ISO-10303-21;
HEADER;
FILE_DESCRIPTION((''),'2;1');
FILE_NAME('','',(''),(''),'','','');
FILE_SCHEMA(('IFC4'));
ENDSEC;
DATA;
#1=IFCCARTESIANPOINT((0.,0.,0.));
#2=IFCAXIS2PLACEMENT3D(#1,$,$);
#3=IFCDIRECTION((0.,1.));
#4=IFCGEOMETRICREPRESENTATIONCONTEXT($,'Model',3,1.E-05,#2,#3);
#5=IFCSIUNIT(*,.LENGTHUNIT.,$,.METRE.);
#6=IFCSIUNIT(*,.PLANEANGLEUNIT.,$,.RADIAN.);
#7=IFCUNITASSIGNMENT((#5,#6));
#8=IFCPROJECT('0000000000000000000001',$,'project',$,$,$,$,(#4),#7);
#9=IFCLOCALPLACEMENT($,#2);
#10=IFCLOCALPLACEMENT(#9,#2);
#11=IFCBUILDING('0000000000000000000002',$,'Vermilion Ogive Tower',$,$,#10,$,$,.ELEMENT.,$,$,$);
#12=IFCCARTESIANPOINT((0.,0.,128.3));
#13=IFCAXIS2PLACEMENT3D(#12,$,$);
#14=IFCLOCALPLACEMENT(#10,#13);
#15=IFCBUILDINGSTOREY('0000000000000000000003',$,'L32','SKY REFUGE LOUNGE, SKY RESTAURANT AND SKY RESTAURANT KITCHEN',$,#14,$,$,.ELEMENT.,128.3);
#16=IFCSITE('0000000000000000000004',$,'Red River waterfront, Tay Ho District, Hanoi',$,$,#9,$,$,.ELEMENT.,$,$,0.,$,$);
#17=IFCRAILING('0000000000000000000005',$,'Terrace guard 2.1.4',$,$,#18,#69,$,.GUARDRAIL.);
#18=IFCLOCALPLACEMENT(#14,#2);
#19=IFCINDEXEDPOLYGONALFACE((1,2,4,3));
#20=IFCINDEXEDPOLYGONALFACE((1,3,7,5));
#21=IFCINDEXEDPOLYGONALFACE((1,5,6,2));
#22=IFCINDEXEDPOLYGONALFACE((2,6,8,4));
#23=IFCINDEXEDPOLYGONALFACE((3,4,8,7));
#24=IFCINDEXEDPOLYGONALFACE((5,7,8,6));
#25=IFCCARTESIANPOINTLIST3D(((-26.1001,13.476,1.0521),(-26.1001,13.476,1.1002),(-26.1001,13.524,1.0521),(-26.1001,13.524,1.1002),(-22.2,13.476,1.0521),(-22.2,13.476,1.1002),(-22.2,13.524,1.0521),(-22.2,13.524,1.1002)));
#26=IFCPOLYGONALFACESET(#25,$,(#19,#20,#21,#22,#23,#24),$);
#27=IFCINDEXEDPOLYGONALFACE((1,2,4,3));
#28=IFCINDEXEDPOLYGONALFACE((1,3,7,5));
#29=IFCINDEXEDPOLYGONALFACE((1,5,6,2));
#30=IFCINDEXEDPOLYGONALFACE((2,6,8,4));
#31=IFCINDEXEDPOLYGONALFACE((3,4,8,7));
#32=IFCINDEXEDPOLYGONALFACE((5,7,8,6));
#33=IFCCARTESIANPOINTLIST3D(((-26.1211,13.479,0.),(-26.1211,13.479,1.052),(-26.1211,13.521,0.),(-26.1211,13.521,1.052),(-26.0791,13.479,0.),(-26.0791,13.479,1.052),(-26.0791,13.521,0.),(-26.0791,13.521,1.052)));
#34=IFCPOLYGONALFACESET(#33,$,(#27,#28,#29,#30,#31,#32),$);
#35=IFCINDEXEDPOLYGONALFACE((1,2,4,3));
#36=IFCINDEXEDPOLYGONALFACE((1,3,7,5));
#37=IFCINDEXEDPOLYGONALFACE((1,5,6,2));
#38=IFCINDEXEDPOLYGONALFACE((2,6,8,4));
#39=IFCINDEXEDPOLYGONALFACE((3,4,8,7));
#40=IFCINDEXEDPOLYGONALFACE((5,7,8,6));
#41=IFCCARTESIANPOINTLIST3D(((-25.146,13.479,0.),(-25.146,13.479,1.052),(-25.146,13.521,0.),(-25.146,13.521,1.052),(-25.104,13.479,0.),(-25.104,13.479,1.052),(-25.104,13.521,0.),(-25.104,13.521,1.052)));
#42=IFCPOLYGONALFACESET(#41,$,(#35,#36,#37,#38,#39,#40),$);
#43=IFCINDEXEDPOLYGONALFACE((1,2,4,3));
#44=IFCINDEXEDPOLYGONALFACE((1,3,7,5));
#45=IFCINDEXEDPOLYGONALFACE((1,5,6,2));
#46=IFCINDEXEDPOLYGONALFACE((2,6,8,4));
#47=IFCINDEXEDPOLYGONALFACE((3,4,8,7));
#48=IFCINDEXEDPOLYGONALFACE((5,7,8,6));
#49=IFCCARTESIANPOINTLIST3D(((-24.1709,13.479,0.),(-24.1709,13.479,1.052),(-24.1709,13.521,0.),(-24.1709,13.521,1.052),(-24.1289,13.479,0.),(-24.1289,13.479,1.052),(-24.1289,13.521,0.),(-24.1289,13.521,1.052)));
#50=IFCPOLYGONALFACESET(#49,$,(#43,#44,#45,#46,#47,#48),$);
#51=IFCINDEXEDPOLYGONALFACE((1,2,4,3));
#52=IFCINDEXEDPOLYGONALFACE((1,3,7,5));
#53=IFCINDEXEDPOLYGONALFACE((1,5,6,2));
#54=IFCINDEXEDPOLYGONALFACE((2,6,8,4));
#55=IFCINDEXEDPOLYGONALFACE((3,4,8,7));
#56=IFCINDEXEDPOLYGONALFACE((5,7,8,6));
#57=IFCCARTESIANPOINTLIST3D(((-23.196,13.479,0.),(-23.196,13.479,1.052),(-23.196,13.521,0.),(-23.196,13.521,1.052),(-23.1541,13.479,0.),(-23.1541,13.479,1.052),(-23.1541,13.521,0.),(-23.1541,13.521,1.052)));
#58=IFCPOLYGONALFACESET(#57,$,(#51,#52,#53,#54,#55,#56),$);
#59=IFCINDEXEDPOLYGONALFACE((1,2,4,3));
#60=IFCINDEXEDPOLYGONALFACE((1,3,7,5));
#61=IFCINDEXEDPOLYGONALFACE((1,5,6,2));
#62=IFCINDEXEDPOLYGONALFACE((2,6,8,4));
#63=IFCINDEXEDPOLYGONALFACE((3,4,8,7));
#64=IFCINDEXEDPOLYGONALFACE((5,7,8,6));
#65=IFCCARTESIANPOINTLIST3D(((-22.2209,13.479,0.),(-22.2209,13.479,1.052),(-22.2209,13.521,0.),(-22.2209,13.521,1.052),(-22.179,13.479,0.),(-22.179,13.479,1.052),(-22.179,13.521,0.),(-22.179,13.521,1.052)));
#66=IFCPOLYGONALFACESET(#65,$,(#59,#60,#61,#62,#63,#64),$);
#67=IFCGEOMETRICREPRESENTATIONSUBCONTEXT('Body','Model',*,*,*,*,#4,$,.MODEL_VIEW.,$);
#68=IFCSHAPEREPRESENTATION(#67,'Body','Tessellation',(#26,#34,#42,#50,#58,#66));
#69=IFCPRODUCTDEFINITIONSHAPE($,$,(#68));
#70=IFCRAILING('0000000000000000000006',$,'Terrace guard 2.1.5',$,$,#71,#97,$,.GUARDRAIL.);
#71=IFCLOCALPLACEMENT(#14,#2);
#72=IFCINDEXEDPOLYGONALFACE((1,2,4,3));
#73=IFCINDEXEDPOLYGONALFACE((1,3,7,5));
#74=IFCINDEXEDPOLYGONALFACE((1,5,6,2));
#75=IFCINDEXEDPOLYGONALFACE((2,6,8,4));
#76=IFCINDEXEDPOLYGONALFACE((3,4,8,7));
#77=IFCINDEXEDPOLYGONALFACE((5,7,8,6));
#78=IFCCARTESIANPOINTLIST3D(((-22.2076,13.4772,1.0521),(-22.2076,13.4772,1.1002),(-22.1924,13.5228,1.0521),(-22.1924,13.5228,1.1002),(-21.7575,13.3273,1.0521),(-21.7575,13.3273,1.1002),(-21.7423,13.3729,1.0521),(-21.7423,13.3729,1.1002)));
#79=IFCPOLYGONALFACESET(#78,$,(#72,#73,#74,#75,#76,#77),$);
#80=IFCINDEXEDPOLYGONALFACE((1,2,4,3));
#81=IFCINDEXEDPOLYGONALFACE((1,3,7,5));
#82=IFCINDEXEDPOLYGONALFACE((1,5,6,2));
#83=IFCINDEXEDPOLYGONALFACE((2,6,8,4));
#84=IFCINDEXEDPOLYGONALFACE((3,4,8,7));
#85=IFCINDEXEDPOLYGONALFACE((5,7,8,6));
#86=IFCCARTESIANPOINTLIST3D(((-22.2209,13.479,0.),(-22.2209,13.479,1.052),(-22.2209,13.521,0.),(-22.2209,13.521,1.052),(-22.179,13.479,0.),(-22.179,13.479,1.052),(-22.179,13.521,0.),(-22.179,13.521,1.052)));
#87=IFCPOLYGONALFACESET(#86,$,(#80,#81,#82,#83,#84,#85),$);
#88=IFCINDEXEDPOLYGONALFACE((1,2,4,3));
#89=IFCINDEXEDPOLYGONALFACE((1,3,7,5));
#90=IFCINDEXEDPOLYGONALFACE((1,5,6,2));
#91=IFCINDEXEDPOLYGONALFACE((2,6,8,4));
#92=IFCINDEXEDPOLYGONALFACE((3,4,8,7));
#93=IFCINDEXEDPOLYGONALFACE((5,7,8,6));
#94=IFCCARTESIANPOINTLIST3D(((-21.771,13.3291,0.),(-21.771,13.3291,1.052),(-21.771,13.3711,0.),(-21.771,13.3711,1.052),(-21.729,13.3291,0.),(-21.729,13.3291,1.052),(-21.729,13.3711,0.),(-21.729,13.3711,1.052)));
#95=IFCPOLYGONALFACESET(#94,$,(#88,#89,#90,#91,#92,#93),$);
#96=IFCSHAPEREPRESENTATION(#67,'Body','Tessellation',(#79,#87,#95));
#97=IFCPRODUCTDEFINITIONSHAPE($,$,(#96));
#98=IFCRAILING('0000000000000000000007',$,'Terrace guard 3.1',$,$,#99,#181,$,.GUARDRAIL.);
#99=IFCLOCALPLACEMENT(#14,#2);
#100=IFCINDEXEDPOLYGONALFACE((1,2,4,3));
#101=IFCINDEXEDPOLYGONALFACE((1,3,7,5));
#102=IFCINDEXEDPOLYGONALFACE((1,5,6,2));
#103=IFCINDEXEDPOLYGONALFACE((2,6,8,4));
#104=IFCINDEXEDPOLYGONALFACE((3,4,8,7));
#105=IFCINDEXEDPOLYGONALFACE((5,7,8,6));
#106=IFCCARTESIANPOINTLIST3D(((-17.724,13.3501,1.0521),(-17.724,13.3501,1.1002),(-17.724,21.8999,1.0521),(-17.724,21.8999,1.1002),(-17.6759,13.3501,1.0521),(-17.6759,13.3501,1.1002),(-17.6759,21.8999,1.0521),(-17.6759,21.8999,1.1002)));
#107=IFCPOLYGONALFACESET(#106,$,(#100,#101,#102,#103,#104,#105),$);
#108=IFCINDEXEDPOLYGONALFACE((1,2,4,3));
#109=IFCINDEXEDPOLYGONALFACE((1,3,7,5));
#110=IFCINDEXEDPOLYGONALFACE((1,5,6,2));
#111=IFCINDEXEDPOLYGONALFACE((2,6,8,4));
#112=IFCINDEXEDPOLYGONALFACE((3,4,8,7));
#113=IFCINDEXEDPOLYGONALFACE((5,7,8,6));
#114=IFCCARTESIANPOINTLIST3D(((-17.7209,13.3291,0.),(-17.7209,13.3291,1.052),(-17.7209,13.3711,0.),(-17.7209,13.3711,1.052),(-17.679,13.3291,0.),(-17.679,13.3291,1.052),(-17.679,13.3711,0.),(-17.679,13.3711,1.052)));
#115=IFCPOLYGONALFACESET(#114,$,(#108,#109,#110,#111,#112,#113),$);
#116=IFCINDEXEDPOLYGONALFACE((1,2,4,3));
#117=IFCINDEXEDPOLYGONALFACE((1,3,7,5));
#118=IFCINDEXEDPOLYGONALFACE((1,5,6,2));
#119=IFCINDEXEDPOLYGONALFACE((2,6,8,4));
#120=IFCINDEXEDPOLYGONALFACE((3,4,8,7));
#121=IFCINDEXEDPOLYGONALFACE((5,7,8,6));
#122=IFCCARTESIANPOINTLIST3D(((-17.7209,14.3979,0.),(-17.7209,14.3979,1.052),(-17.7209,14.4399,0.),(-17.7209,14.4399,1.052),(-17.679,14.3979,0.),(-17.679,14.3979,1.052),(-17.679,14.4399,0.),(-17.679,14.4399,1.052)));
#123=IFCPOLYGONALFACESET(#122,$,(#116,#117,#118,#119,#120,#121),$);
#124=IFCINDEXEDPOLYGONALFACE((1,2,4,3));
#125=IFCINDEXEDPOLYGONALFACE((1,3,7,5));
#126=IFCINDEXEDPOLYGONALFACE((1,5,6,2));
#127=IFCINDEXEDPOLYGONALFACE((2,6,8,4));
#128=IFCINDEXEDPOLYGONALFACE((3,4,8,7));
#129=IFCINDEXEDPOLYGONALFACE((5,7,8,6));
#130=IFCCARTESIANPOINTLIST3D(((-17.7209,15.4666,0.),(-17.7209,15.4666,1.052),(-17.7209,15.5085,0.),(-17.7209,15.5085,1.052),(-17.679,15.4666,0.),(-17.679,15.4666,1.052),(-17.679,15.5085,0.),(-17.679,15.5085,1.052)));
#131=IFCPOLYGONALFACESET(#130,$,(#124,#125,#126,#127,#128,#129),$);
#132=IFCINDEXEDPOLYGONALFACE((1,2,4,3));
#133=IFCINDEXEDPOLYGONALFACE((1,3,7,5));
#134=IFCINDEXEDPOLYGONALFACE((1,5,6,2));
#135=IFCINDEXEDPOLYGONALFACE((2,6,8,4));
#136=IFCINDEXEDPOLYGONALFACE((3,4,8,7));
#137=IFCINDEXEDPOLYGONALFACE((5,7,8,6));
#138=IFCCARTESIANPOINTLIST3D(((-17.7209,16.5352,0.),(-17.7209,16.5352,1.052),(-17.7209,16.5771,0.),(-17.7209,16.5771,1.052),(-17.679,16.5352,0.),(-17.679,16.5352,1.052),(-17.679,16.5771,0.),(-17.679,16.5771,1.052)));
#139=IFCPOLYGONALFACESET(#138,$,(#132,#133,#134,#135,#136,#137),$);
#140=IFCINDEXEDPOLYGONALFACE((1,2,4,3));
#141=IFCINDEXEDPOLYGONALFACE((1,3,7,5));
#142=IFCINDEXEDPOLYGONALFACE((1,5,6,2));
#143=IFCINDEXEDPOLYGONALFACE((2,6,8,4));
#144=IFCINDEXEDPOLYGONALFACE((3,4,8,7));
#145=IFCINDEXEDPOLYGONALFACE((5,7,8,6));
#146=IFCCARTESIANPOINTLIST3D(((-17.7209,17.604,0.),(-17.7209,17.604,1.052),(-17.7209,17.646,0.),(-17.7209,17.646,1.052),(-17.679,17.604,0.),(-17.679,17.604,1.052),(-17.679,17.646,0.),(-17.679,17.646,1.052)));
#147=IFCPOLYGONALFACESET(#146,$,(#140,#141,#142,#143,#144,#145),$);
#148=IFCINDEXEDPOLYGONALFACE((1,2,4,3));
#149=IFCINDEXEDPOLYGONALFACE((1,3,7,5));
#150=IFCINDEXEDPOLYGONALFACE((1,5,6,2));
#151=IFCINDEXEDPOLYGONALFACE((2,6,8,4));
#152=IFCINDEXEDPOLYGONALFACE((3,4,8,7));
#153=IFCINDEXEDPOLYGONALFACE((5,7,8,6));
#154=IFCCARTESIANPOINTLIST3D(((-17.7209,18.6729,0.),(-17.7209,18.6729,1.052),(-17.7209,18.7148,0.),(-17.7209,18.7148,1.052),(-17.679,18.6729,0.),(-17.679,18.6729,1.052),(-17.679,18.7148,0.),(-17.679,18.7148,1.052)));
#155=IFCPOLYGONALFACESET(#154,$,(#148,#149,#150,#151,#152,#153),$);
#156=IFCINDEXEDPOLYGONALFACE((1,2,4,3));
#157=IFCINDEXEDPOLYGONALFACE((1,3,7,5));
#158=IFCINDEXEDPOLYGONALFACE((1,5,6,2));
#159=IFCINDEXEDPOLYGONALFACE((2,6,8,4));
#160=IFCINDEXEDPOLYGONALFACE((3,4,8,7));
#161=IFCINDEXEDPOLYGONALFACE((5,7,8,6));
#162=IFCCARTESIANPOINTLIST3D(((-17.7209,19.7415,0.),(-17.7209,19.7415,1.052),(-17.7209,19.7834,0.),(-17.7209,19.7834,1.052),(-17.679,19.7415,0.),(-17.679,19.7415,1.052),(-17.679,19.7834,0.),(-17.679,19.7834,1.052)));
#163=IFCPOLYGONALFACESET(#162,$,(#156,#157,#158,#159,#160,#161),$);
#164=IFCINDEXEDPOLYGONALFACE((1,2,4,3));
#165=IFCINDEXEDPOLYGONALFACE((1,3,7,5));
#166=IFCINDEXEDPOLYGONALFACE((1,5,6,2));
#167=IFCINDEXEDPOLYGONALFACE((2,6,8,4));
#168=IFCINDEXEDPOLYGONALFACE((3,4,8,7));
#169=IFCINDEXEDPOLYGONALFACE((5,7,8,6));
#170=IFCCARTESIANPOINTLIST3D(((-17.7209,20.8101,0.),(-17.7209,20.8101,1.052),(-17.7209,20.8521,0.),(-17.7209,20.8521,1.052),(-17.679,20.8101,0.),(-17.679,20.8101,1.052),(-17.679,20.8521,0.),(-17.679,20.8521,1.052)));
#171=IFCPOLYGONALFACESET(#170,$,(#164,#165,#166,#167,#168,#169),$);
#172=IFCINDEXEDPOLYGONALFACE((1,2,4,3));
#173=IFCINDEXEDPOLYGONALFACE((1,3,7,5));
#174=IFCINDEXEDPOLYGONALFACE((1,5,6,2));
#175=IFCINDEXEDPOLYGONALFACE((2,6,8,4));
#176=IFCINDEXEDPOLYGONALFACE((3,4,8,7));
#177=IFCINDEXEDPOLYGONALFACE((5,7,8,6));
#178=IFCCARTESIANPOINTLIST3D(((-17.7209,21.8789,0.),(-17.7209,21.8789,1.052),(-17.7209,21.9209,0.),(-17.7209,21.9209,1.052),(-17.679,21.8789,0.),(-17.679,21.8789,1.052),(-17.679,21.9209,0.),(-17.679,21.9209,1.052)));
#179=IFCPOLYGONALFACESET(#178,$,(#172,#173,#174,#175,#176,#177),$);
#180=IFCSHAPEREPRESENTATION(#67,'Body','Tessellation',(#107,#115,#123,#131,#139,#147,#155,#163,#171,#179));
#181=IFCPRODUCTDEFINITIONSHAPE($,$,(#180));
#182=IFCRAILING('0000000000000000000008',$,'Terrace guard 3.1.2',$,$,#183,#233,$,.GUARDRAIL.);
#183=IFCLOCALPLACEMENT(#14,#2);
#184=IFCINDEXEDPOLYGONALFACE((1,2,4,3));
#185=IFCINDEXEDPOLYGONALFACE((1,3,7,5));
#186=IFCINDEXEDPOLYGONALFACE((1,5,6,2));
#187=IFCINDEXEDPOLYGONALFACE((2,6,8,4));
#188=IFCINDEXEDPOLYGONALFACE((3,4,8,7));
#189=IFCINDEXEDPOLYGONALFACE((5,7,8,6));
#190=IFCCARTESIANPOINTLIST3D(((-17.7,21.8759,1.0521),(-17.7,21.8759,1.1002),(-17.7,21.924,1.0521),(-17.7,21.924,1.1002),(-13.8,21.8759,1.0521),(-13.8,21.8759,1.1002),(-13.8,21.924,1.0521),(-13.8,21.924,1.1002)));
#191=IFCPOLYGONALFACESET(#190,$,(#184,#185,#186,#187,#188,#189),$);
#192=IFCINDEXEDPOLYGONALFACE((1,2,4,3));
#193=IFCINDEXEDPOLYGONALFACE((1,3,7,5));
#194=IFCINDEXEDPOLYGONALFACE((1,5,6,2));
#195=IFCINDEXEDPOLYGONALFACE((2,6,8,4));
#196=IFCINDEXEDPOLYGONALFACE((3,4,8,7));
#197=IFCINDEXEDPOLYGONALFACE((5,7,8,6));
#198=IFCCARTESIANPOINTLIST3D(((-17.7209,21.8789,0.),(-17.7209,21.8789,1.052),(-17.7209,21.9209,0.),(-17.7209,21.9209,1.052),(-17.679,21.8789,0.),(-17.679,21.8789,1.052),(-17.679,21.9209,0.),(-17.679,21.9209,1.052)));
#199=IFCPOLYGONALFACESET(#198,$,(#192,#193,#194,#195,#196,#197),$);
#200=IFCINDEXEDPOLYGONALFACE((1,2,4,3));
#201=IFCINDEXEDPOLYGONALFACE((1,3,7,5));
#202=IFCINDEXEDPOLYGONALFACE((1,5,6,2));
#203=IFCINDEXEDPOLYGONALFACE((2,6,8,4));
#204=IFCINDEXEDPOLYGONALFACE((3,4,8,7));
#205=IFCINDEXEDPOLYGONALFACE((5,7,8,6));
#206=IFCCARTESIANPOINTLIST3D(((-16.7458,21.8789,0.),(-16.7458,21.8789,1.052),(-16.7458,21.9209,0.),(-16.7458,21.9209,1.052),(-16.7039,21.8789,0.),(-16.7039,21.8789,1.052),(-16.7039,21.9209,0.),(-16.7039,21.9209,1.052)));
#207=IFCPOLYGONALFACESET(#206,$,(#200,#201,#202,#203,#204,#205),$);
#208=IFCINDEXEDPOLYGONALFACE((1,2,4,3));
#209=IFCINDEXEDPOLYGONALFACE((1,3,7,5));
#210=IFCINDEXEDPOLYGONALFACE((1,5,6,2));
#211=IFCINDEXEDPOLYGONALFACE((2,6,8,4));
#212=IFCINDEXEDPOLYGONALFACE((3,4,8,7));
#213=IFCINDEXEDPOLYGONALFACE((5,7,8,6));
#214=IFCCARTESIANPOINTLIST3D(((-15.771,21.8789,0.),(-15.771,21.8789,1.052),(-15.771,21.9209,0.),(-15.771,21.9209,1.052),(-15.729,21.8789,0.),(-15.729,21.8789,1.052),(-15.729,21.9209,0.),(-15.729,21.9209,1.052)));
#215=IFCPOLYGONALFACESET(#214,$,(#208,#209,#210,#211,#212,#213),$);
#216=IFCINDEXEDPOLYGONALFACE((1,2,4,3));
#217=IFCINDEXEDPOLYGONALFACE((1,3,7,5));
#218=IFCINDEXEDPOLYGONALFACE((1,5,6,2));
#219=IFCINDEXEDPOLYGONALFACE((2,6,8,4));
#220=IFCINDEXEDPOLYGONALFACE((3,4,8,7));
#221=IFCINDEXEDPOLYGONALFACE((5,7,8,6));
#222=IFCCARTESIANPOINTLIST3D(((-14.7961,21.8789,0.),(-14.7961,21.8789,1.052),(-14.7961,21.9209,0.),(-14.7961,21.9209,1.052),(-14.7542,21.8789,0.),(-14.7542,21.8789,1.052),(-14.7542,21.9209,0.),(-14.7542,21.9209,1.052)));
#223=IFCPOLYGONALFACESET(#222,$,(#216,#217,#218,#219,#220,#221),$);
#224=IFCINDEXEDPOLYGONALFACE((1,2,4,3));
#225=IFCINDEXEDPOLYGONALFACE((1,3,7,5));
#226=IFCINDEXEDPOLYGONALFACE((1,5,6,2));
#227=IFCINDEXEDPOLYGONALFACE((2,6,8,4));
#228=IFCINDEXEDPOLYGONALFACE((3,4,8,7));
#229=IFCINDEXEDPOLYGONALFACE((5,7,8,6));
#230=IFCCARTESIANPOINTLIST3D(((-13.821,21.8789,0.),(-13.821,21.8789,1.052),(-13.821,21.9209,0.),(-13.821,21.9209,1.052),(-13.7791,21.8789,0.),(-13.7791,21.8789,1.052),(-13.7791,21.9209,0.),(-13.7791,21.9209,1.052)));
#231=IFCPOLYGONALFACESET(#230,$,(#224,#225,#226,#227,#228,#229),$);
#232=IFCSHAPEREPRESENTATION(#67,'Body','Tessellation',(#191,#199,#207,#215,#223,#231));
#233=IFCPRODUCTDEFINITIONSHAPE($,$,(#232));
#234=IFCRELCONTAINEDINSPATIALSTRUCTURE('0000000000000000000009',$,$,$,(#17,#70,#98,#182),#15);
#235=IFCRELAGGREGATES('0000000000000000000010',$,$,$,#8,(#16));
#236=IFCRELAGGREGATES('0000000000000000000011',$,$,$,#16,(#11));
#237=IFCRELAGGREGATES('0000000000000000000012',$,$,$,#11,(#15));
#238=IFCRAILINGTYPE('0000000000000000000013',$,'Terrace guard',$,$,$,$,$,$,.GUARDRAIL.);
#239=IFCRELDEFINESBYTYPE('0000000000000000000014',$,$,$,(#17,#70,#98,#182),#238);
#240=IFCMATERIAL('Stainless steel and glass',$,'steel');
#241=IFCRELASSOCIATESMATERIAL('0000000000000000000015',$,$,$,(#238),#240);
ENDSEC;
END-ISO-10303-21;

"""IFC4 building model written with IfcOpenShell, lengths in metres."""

from ifc_helpers import new_model, si_unit, direction, frame, origin, origin_2d, place, context, subcontext, project, spatial, rectangle, extrude, material, type_object, element, save


model = new_model("IFC4")

# Units and contexts
model_context = context("Model", 3, precision=1e-05, world=origin(), true_north=direction((0.0, 1.0)))
body_context = subcontext(model_context, "Body", "Model", "MODEL_VIEW")
ifc_project = project(units=[si_unit("LENGTHUNIT", "METRE"), si_unit("PLANEANGLEUNIT", "RADIAN")], contexts=[model_context])

# Site, building, storey
site_placement = place(None, origin())
site = spatial("IfcSite", under=ifc_project, at=site_placement, Name="Red River waterfront, Tay Ho District, Hanoi", CompositionType="ELEMENT", RefElevation=0.0)
building_placement = place(site_placement, origin())
building = spatial("IfcBuilding", under=site, at=building_placement, Name="Vermilion Ogive Tower", CompositionType="ELEMENT")
storey_placement = place(building_placement, frame((0.0, 0.0, 128.3)))
storey = spatial("IfcBuildingStorey", under=building, at=storey_placement, Name="L32", Description="SKY REFUGE LOUNGE, SKY RESTAURANT AND SKY RESTAURANT KITCHEN", CompositionType="ELEMENT", Elevation=128.3)

# Railings
ifc_material_1 = material(Name="Stainless steel and glass", Category="steel")
railing_type = type_object("IfcRailingType", Name="Terrace guard", PredefinedType="GUARDRAIL", material=ifc_material_1)
railing_1_placement = place(storey_placement, frame((-26.1001, 13.5, 0.0)))
element("IfcRailing", 1, at=railing_1_placement, inside=storey, type_object=railing_type, Name="Terrace guard 2.1.4", PredefinedType="GUARDRAIL", context=body_context, shape_type="SweptSolid", body=[
    extrude(rectangle(XDim=0.0481, YDim=0.0481, at=origin_2d()), frame((0.0, 0.0, 1.0762), z_axis=(1.0, 0.0, 0.0), x_axis=(0.0, 1.0, 0.0)), (0.0, 0.0, 1.0), 3.9001),
    extrude(rectangle(XDim=0.042, YDim=0.042, at=origin_2d()), origin(), (0.0, 0.0, 1.0), 1.052),
    extrude(rectangle(XDim=0.042, YDim=0.042, at=origin_2d()), frame((0.9751, 0.0, 0.0)), (0.0, 0.0, 1.0), 1.052),
    extrude(rectangle(XDim=0.042, YDim=0.042, at=origin_2d()), frame((1.9502, 0.0, 0.0)), (0.0, 0.0, 1.0), 1.052),
    extrude(rectangle(XDim=0.042, YDim=0.042, at=origin_2d()), frame((2.925, 0.0, 0.0)), (0.0, 0.0, 1.0), 1.052),
    extrude(rectangle(XDim=0.042, YDim=0.042, at=origin_2d()), frame((3.9001, 0.0, 0.0)), (0.0, 0.0, 1.0), 1.052),
])
railing_2_placement = place(storey_placement, frame((-22.2, 13.5, 0.0)))
element("IfcRailing", 2, at=railing_2_placement, inside=storey, type_object=railing_type, Name="Terrace guard 2.1.5", PredefinedType="GUARDRAIL", context=body_context, shape_type="SweptSolid", body=[
    extrude(rectangle(XDim=0.0481, YDim=0.0481, at=origin_2d()), frame((0.0, 0.0, 1.0762), z_axis=(0.948735, -0.316073, 0.0), x_axis=(0.316073, 0.948735, 0.0)), (0.0, 0.0, 1.0), 0.4744),
    extrude(rectangle(XDim=0.042, YDim=0.042, at=origin_2d()), origin(), (0.0, 0.0, 1.0), 1.052),
    extrude(rectangle(XDim=0.042, YDim=0.042, at=origin_2d()), frame((0.45, -0.1499, 0.0)), (0.0, 0.0, 1.0), 1.052),
])
railing_3_placement = place(storey_placement, frame((-17.7, 13.3501, 0.0)))
element("IfcRailing", 3, at=railing_3_placement, inside=storey, type_object=railing_type, Name="Terrace guard 3.1", PredefinedType="GUARDRAIL", context=body_context, shape_type="SweptSolid", body=[
    extrude(rectangle(XDim=0.0481, YDim=0.0481, at=origin_2d()), frame((0.0, 0.0, 1.0762), z_axis=(0.0, 1.0, 0.0), x_axis=(-1.0, 0.0, 0.0)), (0.0, 0.0, 1.0), 8.5498),
    extrude(rectangle(XDim=0.042, YDim=0.042, at=origin_2d()), origin(), (0.0, 0.0, 1.0), 1.052),
    extrude(rectangle(XDim=0.042, YDim=0.042, at=origin_2d()), frame((0.0, 1.0688, 0.0)), (0.0, 0.0, 1.0), 1.052),
    extrude(rectangle(XDim=0.042, YDim=0.042, at=origin_2d()), frame((0.0, 2.1375, 0.0)), (0.0, 0.0, 1.0), 1.052),
    extrude(rectangle(XDim=0.042, YDim=0.042, at=origin_2d()), frame((0.0, 3.2061, 0.0)), (0.0, 0.0, 1.0), 1.052),
    extrude(rectangle(XDim=0.042, YDim=0.042, at=origin_2d()), frame((0.0, 4.2749, 0.0)), (0.0, 0.0, 1.0), 1.052),
    extrude(rectangle(XDim=0.042, YDim=0.042, at=origin_2d()), frame((0.0, 5.3438, 0.0)), (0.0, 0.0, 1.0), 1.052),
    extrude(rectangle(XDim=0.042, YDim=0.042, at=origin_2d()), frame((0.0, 6.4124, 0.0)), (0.0, 0.0, 1.0), 1.052),
    extrude(rectangle(XDim=0.042, YDim=0.042, at=origin_2d()), frame((0.0, 7.481, 0.0)), (0.0, 0.0, 1.0), 1.052),
    extrude(rectangle(XDim=0.042, YDim=0.042, at=origin_2d()), frame((0.0, 8.5498, 0.0)), (0.0, 0.0, 1.0), 1.052),
])
railing_4_placement = place(storey_placement, frame((-17.7, 21.8999, 0.0)))
element("IfcRailing", 4, at=railing_4_placement, inside=storey, type_object=railing_type, Name="Terrace guard 3.1.2", PredefinedType="GUARDRAIL", context=body_context, shape_type="SweptSolid", body=[
    extrude(rectangle(XDim=0.0481, YDim=0.0481, at=origin_2d()), frame((0.0, 0.0, 1.0762), z_axis=(1.0, 0.0, 0.0), x_axis=(0.0, 1.0, 0.0)), (0.0, 0.0, 1.0), 3.8999),
    extrude(rectangle(XDim=0.042, YDim=0.042, at=origin_2d()), origin(), (0.0, 0.0, 1.0), 1.052),
    extrude(rectangle(XDim=0.042, YDim=0.042, at=origin_2d()), frame((0.9751, 0.0, 0.0)), (0.0, 0.0, 1.0), 1.052),
    extrude(rectangle(XDim=0.042, YDim=0.042, at=origin_2d()), frame((1.95, 0.0, 0.0)), (0.0, 0.0, 1.0), 1.052),
    extrude(rectangle(XDim=0.042, YDim=0.042, at=origin_2d()), frame((2.9248, 0.0, 0.0)), (0.0, 0.0, 1.0), 1.052),
    extrude(rectangle(XDim=0.042, YDim=0.042, at=origin_2d()), frame((3.8999, 0.0, 0.0)), (0.0, 0.0, 1.0), 1.052),
])

save(model, "model.ifc")
